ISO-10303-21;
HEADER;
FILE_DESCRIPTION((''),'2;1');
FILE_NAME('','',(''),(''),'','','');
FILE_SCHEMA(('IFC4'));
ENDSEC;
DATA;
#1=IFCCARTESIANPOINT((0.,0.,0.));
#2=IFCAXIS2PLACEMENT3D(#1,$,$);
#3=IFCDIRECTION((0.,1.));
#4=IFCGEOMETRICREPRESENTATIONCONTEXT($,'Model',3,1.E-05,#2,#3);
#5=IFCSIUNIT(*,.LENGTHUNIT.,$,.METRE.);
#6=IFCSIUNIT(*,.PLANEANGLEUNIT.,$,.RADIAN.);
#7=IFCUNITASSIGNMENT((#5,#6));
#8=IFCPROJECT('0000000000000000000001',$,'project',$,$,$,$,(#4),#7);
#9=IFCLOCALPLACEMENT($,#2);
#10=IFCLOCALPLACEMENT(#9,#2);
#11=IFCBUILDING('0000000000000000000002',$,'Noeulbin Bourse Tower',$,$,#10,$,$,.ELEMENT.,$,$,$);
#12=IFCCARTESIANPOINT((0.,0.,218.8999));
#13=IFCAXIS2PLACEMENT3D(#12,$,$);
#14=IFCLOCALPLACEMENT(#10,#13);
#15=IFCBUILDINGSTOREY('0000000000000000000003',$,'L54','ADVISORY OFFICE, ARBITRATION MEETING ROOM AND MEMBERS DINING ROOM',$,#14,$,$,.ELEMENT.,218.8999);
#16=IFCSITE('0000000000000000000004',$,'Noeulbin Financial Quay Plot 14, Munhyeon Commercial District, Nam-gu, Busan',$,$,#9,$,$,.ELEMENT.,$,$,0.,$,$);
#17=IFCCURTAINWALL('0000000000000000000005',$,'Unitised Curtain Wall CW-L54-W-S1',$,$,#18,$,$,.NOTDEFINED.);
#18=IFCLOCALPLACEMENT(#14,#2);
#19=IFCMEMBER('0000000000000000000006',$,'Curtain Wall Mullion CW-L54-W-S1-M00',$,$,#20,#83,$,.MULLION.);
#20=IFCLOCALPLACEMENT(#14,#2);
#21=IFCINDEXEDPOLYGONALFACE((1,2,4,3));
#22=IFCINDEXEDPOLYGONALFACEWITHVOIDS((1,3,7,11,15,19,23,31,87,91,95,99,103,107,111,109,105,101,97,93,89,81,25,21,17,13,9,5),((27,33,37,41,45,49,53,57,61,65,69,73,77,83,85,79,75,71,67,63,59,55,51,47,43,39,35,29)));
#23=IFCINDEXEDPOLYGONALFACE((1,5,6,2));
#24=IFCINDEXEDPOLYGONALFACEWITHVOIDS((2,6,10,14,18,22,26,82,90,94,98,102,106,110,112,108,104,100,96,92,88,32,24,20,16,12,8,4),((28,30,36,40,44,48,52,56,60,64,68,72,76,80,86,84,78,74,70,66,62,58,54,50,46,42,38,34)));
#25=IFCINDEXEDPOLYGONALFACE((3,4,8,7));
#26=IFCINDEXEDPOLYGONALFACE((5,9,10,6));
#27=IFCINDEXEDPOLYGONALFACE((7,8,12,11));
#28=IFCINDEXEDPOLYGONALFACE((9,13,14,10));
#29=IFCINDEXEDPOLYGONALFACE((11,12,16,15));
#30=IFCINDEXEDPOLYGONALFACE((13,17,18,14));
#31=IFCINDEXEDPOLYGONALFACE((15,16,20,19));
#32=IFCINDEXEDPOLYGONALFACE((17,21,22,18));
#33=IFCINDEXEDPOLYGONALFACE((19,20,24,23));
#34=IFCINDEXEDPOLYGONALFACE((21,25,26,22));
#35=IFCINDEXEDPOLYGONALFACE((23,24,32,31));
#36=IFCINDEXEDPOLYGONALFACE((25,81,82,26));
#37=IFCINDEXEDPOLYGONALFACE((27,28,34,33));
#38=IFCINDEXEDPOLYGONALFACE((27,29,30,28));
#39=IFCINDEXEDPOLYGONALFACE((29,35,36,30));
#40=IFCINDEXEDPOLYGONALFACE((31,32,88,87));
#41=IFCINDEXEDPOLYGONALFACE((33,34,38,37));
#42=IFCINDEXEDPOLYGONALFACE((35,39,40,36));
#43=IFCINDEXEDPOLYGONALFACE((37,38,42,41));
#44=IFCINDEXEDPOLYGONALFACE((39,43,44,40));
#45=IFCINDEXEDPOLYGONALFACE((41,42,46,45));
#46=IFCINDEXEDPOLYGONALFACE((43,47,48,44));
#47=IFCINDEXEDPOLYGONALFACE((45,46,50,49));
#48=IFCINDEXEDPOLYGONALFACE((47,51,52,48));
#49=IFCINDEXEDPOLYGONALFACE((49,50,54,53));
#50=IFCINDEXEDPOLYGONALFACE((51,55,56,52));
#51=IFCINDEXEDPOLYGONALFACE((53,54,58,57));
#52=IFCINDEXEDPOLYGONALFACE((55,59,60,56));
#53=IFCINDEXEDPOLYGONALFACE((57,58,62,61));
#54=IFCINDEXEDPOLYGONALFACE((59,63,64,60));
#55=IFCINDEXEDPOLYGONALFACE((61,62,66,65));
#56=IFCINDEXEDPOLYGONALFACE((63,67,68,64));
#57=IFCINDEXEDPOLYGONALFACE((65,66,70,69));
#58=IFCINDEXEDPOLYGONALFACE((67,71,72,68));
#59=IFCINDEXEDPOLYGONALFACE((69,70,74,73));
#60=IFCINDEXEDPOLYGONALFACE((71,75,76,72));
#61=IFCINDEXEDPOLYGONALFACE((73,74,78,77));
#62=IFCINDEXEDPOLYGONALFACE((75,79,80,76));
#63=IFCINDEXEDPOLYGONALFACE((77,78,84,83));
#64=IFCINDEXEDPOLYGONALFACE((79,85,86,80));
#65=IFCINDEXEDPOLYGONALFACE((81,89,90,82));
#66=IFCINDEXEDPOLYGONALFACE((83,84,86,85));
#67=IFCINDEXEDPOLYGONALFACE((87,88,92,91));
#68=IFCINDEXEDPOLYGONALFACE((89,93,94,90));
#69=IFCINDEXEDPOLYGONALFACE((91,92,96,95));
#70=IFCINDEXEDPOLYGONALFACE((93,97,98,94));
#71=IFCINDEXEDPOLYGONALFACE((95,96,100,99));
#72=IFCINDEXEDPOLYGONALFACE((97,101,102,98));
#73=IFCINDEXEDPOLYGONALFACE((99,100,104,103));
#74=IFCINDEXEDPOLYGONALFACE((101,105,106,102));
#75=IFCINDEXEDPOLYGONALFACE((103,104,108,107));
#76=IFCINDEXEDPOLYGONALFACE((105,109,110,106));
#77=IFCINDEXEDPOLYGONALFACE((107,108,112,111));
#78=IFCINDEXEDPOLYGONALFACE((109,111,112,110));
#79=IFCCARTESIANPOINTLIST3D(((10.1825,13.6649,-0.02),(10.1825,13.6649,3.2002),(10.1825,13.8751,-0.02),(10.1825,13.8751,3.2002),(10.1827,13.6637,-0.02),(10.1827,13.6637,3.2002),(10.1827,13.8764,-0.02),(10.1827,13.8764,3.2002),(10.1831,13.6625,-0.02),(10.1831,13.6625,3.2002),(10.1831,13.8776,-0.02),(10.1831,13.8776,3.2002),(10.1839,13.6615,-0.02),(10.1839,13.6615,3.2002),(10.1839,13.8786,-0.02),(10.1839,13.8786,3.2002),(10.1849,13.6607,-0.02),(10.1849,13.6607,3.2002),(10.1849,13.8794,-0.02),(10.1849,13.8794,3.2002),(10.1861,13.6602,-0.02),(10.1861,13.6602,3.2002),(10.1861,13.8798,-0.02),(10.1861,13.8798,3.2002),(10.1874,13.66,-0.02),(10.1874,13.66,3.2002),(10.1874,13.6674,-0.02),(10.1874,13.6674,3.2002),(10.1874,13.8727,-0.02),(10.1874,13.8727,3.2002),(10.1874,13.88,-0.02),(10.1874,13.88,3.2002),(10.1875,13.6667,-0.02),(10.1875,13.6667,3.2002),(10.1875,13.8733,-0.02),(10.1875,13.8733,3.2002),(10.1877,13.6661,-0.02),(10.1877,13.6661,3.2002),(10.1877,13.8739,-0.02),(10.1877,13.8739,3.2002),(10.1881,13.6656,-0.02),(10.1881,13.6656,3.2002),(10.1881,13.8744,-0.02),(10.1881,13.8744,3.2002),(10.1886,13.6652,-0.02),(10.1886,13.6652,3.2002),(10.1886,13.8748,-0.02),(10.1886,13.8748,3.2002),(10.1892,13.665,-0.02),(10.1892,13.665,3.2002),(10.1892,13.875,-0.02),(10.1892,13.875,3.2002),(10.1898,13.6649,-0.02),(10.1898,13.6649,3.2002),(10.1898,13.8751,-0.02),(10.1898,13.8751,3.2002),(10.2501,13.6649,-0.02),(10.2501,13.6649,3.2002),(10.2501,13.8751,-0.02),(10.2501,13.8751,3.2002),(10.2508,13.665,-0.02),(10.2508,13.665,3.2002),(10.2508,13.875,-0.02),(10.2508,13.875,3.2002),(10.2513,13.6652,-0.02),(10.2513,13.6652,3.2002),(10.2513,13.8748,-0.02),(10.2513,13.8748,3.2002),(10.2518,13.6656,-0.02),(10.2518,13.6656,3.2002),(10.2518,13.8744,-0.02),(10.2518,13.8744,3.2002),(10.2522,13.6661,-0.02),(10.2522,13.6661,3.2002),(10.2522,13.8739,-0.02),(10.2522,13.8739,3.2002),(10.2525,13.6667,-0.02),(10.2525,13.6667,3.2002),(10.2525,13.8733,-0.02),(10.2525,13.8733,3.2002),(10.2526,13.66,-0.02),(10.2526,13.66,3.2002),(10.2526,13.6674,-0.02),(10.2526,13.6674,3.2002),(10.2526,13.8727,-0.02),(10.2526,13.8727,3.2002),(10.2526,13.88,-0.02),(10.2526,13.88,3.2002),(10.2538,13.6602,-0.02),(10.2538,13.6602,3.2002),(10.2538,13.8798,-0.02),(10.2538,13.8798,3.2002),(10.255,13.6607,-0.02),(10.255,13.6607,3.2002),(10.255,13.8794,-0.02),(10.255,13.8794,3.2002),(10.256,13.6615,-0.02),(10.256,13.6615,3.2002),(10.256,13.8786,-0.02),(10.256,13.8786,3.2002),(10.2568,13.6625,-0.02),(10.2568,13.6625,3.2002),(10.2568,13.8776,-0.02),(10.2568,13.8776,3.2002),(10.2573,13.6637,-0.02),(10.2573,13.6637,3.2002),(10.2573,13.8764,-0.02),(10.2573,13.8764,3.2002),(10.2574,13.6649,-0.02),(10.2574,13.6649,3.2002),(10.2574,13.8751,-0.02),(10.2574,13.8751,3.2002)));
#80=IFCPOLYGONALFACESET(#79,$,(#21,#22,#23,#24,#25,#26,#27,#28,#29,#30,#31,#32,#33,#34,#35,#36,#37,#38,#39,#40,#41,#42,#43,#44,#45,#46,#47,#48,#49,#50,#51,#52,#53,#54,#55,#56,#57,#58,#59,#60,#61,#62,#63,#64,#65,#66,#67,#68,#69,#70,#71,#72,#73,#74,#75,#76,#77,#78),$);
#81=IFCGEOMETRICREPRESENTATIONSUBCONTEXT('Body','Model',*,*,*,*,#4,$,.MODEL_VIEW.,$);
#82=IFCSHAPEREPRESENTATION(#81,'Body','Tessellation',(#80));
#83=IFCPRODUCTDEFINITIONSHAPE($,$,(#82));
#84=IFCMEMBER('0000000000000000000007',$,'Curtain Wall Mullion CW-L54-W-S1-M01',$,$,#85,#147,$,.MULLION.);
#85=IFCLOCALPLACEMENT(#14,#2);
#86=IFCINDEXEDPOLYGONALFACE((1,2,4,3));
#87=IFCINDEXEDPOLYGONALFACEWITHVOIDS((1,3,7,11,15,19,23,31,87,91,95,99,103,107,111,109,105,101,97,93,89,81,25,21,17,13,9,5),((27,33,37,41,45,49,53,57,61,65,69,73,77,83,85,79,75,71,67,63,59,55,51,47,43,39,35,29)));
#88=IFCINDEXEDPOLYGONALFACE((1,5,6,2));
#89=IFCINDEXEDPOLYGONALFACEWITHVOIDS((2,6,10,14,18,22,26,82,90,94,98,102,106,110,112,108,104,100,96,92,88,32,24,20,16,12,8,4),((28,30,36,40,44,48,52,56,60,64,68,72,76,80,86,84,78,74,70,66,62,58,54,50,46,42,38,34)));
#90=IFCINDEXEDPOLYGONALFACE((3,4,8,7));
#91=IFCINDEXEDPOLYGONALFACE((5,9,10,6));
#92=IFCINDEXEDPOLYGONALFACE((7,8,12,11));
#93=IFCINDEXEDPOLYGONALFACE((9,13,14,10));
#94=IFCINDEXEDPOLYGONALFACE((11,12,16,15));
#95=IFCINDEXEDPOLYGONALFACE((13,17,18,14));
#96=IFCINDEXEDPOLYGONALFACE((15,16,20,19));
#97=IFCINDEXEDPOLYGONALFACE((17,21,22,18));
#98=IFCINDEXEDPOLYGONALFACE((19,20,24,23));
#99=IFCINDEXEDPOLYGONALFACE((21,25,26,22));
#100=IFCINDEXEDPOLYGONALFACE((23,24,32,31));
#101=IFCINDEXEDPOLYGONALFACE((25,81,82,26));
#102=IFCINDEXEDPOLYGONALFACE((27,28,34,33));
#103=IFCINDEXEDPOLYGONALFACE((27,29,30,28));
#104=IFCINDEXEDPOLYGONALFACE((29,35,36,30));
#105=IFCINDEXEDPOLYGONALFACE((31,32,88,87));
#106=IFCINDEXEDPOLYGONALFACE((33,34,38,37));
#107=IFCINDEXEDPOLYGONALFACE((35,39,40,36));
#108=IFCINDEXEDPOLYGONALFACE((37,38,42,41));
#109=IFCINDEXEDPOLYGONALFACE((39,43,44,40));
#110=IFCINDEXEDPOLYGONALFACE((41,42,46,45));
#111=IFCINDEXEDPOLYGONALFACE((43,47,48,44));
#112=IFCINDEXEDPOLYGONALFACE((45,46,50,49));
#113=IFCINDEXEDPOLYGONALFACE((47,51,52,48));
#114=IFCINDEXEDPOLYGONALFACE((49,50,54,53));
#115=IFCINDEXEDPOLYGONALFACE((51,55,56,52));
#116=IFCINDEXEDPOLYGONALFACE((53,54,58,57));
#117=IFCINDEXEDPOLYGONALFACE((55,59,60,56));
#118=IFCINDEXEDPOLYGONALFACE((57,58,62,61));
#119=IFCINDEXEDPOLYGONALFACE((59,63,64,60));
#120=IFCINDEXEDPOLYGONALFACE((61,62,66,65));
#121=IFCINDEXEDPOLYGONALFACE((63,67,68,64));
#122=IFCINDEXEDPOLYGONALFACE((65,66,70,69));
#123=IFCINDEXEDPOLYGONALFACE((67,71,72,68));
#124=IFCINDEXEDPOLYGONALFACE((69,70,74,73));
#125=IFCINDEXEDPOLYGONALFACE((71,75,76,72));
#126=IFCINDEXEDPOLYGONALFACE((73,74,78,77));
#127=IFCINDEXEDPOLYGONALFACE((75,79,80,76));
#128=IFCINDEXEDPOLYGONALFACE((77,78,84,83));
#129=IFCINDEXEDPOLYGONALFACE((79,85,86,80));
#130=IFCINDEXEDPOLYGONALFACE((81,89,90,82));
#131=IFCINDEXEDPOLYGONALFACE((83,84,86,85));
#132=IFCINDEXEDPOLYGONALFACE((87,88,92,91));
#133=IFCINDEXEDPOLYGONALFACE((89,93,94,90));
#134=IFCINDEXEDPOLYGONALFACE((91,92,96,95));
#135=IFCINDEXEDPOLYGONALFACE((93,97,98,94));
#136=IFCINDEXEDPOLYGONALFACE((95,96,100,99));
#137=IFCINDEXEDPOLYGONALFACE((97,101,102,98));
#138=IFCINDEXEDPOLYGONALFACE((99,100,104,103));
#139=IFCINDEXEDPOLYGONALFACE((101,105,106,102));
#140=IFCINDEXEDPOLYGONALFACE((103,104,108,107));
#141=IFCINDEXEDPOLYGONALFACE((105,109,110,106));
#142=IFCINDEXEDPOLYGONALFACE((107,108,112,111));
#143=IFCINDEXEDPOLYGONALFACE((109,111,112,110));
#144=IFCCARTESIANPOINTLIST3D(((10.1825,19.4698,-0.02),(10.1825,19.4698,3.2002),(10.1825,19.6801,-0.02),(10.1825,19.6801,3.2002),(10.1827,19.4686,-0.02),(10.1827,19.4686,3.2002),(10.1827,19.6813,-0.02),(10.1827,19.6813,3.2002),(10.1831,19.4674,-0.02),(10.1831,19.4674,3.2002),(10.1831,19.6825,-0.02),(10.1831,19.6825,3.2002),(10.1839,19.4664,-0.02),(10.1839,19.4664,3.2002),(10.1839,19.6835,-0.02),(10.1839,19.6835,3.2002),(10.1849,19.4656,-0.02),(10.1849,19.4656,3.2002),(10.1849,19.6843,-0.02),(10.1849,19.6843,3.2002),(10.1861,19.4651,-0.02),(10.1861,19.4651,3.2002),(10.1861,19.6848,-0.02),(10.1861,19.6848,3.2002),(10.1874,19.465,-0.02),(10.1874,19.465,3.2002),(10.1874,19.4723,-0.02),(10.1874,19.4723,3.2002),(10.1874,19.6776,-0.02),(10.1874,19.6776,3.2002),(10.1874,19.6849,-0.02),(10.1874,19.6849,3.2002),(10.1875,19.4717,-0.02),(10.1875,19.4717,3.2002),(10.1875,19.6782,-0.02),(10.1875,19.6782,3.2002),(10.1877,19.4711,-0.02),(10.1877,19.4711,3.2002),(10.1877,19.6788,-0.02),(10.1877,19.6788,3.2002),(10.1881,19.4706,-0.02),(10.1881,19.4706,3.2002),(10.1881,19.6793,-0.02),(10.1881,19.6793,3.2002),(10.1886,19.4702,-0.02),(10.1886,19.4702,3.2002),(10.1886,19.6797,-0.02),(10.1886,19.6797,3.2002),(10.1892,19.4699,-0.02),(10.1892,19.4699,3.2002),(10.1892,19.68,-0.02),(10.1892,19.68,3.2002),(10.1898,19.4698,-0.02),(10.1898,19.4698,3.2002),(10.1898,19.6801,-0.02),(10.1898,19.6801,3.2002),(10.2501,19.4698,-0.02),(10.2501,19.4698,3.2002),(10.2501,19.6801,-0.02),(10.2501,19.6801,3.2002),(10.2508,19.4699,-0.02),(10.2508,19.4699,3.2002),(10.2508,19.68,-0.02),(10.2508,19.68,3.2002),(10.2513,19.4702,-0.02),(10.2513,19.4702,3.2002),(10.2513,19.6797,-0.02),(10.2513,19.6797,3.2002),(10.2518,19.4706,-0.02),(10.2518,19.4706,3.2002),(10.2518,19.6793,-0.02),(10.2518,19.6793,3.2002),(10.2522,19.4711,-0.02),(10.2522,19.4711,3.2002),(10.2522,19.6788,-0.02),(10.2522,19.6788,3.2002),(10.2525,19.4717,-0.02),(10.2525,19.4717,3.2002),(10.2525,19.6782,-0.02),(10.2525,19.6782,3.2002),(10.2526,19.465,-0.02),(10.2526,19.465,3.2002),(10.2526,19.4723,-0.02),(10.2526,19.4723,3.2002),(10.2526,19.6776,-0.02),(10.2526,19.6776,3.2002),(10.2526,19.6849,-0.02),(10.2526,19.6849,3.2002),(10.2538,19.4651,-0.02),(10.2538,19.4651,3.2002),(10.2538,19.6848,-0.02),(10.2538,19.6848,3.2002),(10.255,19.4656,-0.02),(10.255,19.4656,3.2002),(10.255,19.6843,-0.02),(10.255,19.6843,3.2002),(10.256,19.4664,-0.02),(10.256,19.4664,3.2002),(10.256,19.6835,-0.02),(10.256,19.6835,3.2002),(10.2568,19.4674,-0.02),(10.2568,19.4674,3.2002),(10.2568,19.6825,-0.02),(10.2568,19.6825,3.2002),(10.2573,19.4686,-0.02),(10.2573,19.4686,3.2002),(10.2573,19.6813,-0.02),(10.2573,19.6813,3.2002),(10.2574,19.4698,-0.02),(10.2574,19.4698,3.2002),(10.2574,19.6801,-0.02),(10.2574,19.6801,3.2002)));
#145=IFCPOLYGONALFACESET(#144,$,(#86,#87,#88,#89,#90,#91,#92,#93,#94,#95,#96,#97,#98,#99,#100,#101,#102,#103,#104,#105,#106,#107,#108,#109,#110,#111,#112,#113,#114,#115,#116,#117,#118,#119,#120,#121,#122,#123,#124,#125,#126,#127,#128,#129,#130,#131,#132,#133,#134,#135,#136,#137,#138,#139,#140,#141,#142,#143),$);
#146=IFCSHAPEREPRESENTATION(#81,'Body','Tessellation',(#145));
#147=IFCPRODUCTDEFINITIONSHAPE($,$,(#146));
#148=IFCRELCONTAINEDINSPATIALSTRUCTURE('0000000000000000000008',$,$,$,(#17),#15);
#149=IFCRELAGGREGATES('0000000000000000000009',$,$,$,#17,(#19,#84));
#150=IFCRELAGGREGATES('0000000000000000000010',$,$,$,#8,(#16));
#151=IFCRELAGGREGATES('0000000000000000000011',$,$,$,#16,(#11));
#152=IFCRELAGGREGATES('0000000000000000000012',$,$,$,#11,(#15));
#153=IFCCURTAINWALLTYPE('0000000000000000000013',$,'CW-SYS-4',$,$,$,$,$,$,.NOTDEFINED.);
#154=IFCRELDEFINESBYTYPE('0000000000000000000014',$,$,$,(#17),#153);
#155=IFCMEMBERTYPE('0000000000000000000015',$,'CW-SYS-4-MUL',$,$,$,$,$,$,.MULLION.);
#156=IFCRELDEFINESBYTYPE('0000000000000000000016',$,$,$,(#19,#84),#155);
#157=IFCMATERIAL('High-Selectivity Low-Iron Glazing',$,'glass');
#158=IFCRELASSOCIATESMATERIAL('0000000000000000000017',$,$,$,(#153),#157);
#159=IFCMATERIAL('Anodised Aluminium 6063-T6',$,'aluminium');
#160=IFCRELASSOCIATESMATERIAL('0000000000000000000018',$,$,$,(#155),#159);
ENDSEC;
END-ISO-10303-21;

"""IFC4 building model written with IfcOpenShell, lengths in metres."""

from ifc_helpers import new_model, si_unit, direction, frame, origin, origin_2d, place, context, subcontext, project, spatial, hollow_rectangle, extrude, material, material_profile, profile_set, type_object, element, aggregate, save


model = new_model("IFC4")

# Units and contexts
model_context = context("Model", 3, precision=1e-05, world=origin(), true_north=direction((0.0, 1.0)))
body_context = subcontext(model_context, "Body", "Model", "MODEL_VIEW")
ifc_project = project(units=[si_unit("LENGTHUNIT", "METRE"), si_unit("PLANEANGLEUNIT", "RADIAN")], contexts=[model_context])

# Site, building, storey
site_placement = place(None, origin())
site = spatial("IfcSite", under=ifc_project, at=site_placement, Name="Noeulbin Financial Quay Plot 14, Munhyeon Commercial District, Nam-gu, Busan", CompositionType="ELEMENT", RefElevation=0.0)
building_placement = place(site_placement, origin())
building = spatial("IfcBuilding", under=site, at=building_placement, Name="Noeulbin Bourse Tower", CompositionType="ELEMENT")
storey_placement = place(building_placement, frame((0.0, 0.0, 218.8999)))
storey = spatial("IfcBuildingStorey", under=building, at=storey_placement, Name="L54", Description="ADVISORY OFFICE, ARBITRATION MEETING ROOM AND MEMBERS DINING ROOM", CompositionType="ELEMENT", Elevation=218.8999)

# Curtain wall, members
ifc_material_1 = material(Name="High-Selectivity Low-Iron Glazing", Category="glass")
curtain_wall_type = type_object("IfcCurtainWallType", Name="CW-SYS-4", PredefinedType="NOTDEFINED", material=ifc_material_1)
curtain_wall_placement = place(storey_placement, origin())
curtain_wall = element("IfcCurtainWall", 1, at=curtain_wall_placement, inside=storey, type_object=curtain_wall_type, Name="Unitised Curtain Wall CW-L54-W-S1", PredefinedType="NOTDEFINED")
ifc_material_2 = material(Name="Anodised Aluminium 6063-T6", Category="aluminium")
ifc_material_profile_1 = material_profile(ifc_material_2, hollow_rectangle(XDim=0.075, YDim=0.22, WallThickness=0.0049, InnerFilletRadius=0.0024, OuterFilletRadius=0.0049, at=origin_2d()), Name="ALU-MULL-75x220x5", Category="LoadBearing")
ifc_profile_set_1 = profile_set([ifc_material_profile_1], Name="Anodised Aluminium 6063-T6")
member_type_1 = type_object("IfcMemberType", Name="CW-SYS-4-MUL", PredefinedType="MULLION", material=ifc_profile_set_1)
member_1_placement = place(storey_placement, frame((10.22, 13.77, -0.02), z_axis=(0.0, 0.0, 1.0), x_axis=(1.0, 0.0, 0.0)))
member_1 = element("IfcMember", 2, at=member_1_placement, type_object=member_type_1, Name="Curtain Wall Mullion CW-L54-W-S1-M00", PredefinedType="MULLION", context=body_context, shape_type="SweptSolid", body=[
    extrude(hollow_rectangle(XDim=0.075, YDim=0.22, WallThickness=0.0049, InnerFilletRadius=0.0024, OuterFilletRadius=0.0049, at=origin_2d()), origin(), (0.0, 0.0, 1.0), 3.2202),
])
member_2_placement = place(storey_placement, frame((10.22, 19.575, -0.02), z_axis=(0.0, 0.0, 1.0), x_axis=(1.0, 0.0, 0.0)))
member_2 = element("IfcMember", 3, at=member_2_placement, type_object=member_type_1, Name="Curtain Wall Mullion CW-L54-W-S1-M01", PredefinedType="MULLION", context=body_context, shape_type="SweptSolid", body=[
    extrude(hollow_rectangle(XDim=0.075, YDim=0.22, WallThickness=0.0049, InnerFilletRadius=0.0024, OuterFilletRadius=0.0049, at=origin_2d()), origin(), (0.0, 0.0, 1.0), 3.2202),
])
aggregate(curtain_wall, [member_1, member_2])

save(model, "model.ifc")
